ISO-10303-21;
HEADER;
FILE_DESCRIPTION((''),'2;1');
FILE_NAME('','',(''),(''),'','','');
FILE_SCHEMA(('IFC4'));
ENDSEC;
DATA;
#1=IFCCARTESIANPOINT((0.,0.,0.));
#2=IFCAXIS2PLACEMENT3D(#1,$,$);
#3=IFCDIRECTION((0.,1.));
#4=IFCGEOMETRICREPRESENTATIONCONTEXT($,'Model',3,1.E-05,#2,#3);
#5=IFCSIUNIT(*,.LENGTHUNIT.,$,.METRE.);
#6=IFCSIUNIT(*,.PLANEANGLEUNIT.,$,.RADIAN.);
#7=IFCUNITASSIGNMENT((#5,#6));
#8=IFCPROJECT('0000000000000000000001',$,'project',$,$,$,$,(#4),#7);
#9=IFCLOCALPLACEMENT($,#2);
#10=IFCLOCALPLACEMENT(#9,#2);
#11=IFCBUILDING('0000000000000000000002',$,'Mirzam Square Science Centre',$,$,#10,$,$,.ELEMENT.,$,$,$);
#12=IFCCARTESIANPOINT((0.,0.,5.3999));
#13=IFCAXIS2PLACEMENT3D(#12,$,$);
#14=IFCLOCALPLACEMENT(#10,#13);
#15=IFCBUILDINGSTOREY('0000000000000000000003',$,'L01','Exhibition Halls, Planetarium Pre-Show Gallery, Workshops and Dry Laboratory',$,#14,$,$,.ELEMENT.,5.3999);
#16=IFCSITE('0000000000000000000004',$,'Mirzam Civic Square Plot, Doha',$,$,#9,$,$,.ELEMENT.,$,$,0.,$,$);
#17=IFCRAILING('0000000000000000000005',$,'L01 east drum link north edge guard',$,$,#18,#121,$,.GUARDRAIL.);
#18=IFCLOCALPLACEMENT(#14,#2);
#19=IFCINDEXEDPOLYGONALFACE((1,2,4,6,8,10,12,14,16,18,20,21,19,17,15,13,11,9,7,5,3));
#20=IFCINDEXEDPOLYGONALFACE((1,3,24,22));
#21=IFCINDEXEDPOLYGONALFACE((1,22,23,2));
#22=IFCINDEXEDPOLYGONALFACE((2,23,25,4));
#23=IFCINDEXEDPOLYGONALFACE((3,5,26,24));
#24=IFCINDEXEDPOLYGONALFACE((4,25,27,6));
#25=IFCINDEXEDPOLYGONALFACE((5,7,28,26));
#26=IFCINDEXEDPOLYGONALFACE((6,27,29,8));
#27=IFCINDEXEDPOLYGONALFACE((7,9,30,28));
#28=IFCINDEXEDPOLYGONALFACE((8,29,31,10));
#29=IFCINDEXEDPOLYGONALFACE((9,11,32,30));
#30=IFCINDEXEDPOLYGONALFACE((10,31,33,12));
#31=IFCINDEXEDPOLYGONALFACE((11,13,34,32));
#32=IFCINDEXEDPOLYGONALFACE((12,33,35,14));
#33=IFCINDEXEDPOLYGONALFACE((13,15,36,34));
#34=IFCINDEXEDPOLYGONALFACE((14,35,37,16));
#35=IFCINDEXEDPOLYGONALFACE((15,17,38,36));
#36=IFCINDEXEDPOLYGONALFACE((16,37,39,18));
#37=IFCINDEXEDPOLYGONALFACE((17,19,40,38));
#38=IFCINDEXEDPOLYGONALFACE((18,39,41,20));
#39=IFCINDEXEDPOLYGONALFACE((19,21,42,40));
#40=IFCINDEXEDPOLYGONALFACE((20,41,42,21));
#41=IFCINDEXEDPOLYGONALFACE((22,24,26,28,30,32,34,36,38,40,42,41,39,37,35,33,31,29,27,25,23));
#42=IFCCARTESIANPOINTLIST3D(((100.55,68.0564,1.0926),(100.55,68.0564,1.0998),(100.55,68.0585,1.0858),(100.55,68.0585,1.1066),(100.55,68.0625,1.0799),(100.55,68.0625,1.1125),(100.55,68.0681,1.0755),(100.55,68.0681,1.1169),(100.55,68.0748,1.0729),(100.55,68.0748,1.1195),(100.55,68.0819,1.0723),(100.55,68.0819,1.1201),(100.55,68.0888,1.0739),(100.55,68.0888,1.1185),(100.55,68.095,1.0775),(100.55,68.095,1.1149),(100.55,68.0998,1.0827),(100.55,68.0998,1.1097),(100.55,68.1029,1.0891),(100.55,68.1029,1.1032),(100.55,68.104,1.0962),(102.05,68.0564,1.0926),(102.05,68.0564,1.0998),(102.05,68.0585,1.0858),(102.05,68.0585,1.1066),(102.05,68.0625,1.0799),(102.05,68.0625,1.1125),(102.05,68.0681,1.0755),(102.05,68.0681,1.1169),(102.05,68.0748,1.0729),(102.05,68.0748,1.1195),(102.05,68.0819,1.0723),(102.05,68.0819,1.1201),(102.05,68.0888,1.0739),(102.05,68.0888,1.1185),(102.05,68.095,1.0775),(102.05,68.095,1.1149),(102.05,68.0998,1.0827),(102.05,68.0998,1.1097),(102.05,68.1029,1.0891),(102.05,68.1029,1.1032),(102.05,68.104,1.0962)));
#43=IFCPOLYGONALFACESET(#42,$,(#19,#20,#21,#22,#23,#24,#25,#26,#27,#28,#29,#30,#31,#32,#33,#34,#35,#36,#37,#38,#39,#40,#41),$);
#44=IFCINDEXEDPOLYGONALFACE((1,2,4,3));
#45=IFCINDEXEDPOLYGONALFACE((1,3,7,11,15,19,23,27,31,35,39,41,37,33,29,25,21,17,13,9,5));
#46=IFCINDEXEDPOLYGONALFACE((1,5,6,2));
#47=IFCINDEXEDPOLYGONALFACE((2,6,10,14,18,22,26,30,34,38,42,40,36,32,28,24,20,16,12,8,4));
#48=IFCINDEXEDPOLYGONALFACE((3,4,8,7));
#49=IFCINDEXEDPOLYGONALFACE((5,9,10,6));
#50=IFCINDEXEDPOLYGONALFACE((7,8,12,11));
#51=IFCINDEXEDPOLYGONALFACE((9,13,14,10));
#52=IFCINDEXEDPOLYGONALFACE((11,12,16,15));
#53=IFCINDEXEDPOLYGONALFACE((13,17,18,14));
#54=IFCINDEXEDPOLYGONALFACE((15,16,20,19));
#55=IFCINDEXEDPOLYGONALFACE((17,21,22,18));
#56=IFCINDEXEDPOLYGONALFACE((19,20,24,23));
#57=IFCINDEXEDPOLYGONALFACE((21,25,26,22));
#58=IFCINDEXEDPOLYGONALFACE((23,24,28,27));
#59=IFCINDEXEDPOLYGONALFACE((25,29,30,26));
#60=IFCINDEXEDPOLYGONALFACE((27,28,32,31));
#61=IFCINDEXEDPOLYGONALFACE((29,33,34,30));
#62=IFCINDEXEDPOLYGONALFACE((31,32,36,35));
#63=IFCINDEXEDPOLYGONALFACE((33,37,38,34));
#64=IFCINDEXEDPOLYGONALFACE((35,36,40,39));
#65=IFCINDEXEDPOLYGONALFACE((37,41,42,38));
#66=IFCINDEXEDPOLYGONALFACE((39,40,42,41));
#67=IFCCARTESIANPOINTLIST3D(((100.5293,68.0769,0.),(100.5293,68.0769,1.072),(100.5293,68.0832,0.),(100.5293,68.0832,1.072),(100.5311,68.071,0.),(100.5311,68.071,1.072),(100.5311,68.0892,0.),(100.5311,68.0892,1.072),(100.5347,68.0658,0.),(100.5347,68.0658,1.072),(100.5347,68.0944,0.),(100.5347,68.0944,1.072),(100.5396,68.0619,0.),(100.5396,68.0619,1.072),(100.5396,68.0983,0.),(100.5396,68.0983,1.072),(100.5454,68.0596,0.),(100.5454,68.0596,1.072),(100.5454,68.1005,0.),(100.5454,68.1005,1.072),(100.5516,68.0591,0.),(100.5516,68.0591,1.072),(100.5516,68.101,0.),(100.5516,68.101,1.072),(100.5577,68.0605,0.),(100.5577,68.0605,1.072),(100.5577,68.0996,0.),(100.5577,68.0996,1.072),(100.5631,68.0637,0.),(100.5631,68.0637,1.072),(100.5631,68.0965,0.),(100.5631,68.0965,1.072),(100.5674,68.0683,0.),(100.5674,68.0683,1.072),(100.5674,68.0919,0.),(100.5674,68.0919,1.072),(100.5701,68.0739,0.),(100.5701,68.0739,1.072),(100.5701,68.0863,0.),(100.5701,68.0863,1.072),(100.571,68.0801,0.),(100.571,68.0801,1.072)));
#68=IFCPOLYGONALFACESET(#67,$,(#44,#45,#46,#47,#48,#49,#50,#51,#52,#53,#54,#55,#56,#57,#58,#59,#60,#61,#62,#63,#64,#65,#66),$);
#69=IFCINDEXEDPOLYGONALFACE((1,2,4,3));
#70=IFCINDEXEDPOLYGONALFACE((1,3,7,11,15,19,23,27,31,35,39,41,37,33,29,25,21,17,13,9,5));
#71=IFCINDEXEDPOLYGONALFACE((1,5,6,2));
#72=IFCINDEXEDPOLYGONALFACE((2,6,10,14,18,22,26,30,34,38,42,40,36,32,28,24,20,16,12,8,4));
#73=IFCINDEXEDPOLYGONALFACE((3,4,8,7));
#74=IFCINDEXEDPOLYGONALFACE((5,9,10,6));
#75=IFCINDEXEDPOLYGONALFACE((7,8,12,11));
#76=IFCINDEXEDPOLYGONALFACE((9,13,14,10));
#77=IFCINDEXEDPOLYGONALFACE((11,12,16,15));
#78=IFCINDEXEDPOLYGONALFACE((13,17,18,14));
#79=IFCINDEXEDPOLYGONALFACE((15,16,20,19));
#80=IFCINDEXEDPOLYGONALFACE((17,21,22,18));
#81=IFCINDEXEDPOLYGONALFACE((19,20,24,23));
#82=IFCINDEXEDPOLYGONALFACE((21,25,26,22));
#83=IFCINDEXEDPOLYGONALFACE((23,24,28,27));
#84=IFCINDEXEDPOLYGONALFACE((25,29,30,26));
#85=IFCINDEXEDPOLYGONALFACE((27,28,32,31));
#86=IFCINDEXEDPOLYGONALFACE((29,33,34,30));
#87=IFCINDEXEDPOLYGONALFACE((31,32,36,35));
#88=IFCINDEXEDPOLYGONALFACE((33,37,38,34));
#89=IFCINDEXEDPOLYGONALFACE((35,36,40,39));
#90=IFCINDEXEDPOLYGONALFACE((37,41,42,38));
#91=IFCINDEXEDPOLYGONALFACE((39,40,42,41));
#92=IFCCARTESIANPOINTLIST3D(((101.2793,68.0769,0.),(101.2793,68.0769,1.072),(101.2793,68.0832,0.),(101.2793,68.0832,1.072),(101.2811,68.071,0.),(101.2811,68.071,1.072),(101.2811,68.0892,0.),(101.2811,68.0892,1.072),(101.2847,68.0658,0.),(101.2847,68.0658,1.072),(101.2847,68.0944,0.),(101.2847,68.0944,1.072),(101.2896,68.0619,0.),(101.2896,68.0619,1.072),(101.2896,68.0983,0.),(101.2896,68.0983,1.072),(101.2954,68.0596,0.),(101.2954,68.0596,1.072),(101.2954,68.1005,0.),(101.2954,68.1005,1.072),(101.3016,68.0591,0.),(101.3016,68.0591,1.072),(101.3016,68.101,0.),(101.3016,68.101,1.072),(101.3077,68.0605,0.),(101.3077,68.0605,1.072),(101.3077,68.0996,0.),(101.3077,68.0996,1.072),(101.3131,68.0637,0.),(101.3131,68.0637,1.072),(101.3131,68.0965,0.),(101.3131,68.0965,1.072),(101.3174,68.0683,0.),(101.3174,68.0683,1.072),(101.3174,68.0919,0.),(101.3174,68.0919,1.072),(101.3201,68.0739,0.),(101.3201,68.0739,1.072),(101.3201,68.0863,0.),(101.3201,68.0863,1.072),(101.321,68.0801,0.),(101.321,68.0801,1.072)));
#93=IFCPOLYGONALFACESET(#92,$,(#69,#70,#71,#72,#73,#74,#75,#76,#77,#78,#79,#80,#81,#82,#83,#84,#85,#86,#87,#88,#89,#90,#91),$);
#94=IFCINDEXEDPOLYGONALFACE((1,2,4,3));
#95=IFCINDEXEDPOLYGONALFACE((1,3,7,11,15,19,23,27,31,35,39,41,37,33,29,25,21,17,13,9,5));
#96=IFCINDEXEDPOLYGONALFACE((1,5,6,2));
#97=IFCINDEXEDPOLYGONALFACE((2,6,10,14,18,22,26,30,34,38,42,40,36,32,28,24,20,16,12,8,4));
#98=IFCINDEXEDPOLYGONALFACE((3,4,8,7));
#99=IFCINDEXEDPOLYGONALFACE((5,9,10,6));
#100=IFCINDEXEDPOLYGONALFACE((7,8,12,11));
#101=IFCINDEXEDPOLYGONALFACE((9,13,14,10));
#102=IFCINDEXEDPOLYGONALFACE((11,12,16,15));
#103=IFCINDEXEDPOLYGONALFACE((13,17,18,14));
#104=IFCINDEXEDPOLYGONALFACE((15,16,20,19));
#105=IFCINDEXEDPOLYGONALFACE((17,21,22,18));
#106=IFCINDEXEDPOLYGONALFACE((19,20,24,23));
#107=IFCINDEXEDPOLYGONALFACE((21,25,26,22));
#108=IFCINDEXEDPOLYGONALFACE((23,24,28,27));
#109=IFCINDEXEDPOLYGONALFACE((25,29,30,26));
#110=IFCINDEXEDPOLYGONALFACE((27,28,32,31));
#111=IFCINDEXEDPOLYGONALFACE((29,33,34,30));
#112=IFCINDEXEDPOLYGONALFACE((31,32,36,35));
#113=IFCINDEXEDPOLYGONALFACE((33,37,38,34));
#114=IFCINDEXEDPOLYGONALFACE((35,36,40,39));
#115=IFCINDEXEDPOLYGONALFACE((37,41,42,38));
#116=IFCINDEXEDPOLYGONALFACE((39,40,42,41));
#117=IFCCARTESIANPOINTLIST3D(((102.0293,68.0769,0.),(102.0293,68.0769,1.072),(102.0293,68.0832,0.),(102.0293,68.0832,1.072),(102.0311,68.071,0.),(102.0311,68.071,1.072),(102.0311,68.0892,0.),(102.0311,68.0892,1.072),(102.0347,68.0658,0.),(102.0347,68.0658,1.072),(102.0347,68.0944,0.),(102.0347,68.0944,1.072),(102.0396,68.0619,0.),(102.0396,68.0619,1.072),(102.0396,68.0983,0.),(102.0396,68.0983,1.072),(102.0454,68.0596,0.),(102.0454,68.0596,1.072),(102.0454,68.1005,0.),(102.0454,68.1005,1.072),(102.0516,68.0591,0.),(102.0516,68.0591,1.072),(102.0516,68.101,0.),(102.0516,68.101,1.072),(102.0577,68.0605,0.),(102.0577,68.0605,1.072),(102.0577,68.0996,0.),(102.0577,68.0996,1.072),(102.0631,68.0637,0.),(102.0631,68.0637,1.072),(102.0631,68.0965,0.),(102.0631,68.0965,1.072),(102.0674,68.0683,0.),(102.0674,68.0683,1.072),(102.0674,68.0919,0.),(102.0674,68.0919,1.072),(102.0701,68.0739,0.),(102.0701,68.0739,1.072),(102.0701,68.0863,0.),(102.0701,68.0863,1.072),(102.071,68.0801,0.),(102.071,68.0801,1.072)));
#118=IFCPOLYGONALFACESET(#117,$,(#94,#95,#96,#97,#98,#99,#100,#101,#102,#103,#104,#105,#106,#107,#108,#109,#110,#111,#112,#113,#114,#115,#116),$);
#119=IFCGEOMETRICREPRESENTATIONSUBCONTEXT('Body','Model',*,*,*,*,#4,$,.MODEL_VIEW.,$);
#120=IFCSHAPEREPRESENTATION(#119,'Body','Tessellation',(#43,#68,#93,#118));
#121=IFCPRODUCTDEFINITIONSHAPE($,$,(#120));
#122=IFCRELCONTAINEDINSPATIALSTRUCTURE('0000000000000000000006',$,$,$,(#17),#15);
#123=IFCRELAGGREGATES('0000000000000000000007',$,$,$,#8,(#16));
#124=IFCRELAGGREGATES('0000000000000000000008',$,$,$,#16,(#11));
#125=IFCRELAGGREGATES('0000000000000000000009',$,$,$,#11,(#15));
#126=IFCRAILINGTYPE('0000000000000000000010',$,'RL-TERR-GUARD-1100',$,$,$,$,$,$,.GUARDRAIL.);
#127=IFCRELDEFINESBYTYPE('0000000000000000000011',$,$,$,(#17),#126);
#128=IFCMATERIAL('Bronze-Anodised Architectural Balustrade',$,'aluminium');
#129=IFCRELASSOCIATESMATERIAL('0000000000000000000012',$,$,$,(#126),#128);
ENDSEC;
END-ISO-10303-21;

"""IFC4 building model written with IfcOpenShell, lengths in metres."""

from ifc_helpers import new_model, si_unit, direction, frame, origin, origin_2d, place, context, subcontext, project, spatial, circle, extrude, material, type_object, element, save


model = new_model("IFC4")

# Units and contexts
model_context = context("Model", 3, precision=1e-05, world=origin(), true_north=direction((0.0, 1.0)))
body_context = subcontext(model_context, "Body", "Model", "MODEL_VIEW")
ifc_project = project(units=[si_unit("LENGTHUNIT", "METRE"), si_unit("PLANEANGLEUNIT", "RADIAN")], contexts=[model_context])

# Site, building, storey
site_placement = place(None, origin())
site = spatial("IfcSite", under=ifc_project, at=site_placement, Name="Mirzam Civic Square Plot, Doha", CompositionType="ELEMENT", RefElevation=0.0)
building_placement = place(site_placement, origin())
building = spatial("IfcBuilding", under=site, at=building_placement, Name="Mirzam Square Science Centre", CompositionType="ELEMENT")
storey_placement = place(building_placement, frame((0.0, 0.0, 5.3999)))
storey = spatial("IfcBuildingStorey", under=building, at=storey_placement, Name="L01", Description="Exhibition Halls, Planetarium Pre-Show Gallery, Workshops and Dry Laboratory", CompositionType="ELEMENT", Elevation=5.3999)

# Railing
ifc_material_1 = material(Name="Bronze-Anodised Architectural Balustrade", Category="aluminium")
railing_type = type_object("IfcRailingType", Name="RL-TERR-GUARD-1100", PredefinedType="GUARDRAIL", material=ifc_material_1)
railing_placement = place(storey_placement, frame((100.55, 68.0801, 0.0)))
element("IfcRailing", 1, at=railing_placement, inside=storey, type_object=railing_type, Name="L01 east drum link north edge guard", PredefinedType="GUARDRAIL", context=body_context, shape_type="SweptSolid", body=[
    extrude(circle(Radius=0.0239, at=origin_2d()), frame((0.0, 0.0, 1.0962), z_axis=(1.0, 0.0, 0.0), x_axis=(0.0, 1.0, 0.0)), (0.0, 0.0, 1.0), 1.5),
    extrude(circle(Radius=0.021, at=origin_2d()), origin(), (0.0, 0.0, 1.0), 1.072),
    extrude(circle(Radius=0.021, at=origin_2d()), frame((0.75, 0.0, 0.0)), (0.0, 0.0, 1.0), 1.072),
    extrude(circle(Radius=0.021, at=origin_2d()), frame((1.5, 0.0, 0.0)), (0.0, 0.0, 1.0), 1.072),
])

save(model, "model.ifc")
